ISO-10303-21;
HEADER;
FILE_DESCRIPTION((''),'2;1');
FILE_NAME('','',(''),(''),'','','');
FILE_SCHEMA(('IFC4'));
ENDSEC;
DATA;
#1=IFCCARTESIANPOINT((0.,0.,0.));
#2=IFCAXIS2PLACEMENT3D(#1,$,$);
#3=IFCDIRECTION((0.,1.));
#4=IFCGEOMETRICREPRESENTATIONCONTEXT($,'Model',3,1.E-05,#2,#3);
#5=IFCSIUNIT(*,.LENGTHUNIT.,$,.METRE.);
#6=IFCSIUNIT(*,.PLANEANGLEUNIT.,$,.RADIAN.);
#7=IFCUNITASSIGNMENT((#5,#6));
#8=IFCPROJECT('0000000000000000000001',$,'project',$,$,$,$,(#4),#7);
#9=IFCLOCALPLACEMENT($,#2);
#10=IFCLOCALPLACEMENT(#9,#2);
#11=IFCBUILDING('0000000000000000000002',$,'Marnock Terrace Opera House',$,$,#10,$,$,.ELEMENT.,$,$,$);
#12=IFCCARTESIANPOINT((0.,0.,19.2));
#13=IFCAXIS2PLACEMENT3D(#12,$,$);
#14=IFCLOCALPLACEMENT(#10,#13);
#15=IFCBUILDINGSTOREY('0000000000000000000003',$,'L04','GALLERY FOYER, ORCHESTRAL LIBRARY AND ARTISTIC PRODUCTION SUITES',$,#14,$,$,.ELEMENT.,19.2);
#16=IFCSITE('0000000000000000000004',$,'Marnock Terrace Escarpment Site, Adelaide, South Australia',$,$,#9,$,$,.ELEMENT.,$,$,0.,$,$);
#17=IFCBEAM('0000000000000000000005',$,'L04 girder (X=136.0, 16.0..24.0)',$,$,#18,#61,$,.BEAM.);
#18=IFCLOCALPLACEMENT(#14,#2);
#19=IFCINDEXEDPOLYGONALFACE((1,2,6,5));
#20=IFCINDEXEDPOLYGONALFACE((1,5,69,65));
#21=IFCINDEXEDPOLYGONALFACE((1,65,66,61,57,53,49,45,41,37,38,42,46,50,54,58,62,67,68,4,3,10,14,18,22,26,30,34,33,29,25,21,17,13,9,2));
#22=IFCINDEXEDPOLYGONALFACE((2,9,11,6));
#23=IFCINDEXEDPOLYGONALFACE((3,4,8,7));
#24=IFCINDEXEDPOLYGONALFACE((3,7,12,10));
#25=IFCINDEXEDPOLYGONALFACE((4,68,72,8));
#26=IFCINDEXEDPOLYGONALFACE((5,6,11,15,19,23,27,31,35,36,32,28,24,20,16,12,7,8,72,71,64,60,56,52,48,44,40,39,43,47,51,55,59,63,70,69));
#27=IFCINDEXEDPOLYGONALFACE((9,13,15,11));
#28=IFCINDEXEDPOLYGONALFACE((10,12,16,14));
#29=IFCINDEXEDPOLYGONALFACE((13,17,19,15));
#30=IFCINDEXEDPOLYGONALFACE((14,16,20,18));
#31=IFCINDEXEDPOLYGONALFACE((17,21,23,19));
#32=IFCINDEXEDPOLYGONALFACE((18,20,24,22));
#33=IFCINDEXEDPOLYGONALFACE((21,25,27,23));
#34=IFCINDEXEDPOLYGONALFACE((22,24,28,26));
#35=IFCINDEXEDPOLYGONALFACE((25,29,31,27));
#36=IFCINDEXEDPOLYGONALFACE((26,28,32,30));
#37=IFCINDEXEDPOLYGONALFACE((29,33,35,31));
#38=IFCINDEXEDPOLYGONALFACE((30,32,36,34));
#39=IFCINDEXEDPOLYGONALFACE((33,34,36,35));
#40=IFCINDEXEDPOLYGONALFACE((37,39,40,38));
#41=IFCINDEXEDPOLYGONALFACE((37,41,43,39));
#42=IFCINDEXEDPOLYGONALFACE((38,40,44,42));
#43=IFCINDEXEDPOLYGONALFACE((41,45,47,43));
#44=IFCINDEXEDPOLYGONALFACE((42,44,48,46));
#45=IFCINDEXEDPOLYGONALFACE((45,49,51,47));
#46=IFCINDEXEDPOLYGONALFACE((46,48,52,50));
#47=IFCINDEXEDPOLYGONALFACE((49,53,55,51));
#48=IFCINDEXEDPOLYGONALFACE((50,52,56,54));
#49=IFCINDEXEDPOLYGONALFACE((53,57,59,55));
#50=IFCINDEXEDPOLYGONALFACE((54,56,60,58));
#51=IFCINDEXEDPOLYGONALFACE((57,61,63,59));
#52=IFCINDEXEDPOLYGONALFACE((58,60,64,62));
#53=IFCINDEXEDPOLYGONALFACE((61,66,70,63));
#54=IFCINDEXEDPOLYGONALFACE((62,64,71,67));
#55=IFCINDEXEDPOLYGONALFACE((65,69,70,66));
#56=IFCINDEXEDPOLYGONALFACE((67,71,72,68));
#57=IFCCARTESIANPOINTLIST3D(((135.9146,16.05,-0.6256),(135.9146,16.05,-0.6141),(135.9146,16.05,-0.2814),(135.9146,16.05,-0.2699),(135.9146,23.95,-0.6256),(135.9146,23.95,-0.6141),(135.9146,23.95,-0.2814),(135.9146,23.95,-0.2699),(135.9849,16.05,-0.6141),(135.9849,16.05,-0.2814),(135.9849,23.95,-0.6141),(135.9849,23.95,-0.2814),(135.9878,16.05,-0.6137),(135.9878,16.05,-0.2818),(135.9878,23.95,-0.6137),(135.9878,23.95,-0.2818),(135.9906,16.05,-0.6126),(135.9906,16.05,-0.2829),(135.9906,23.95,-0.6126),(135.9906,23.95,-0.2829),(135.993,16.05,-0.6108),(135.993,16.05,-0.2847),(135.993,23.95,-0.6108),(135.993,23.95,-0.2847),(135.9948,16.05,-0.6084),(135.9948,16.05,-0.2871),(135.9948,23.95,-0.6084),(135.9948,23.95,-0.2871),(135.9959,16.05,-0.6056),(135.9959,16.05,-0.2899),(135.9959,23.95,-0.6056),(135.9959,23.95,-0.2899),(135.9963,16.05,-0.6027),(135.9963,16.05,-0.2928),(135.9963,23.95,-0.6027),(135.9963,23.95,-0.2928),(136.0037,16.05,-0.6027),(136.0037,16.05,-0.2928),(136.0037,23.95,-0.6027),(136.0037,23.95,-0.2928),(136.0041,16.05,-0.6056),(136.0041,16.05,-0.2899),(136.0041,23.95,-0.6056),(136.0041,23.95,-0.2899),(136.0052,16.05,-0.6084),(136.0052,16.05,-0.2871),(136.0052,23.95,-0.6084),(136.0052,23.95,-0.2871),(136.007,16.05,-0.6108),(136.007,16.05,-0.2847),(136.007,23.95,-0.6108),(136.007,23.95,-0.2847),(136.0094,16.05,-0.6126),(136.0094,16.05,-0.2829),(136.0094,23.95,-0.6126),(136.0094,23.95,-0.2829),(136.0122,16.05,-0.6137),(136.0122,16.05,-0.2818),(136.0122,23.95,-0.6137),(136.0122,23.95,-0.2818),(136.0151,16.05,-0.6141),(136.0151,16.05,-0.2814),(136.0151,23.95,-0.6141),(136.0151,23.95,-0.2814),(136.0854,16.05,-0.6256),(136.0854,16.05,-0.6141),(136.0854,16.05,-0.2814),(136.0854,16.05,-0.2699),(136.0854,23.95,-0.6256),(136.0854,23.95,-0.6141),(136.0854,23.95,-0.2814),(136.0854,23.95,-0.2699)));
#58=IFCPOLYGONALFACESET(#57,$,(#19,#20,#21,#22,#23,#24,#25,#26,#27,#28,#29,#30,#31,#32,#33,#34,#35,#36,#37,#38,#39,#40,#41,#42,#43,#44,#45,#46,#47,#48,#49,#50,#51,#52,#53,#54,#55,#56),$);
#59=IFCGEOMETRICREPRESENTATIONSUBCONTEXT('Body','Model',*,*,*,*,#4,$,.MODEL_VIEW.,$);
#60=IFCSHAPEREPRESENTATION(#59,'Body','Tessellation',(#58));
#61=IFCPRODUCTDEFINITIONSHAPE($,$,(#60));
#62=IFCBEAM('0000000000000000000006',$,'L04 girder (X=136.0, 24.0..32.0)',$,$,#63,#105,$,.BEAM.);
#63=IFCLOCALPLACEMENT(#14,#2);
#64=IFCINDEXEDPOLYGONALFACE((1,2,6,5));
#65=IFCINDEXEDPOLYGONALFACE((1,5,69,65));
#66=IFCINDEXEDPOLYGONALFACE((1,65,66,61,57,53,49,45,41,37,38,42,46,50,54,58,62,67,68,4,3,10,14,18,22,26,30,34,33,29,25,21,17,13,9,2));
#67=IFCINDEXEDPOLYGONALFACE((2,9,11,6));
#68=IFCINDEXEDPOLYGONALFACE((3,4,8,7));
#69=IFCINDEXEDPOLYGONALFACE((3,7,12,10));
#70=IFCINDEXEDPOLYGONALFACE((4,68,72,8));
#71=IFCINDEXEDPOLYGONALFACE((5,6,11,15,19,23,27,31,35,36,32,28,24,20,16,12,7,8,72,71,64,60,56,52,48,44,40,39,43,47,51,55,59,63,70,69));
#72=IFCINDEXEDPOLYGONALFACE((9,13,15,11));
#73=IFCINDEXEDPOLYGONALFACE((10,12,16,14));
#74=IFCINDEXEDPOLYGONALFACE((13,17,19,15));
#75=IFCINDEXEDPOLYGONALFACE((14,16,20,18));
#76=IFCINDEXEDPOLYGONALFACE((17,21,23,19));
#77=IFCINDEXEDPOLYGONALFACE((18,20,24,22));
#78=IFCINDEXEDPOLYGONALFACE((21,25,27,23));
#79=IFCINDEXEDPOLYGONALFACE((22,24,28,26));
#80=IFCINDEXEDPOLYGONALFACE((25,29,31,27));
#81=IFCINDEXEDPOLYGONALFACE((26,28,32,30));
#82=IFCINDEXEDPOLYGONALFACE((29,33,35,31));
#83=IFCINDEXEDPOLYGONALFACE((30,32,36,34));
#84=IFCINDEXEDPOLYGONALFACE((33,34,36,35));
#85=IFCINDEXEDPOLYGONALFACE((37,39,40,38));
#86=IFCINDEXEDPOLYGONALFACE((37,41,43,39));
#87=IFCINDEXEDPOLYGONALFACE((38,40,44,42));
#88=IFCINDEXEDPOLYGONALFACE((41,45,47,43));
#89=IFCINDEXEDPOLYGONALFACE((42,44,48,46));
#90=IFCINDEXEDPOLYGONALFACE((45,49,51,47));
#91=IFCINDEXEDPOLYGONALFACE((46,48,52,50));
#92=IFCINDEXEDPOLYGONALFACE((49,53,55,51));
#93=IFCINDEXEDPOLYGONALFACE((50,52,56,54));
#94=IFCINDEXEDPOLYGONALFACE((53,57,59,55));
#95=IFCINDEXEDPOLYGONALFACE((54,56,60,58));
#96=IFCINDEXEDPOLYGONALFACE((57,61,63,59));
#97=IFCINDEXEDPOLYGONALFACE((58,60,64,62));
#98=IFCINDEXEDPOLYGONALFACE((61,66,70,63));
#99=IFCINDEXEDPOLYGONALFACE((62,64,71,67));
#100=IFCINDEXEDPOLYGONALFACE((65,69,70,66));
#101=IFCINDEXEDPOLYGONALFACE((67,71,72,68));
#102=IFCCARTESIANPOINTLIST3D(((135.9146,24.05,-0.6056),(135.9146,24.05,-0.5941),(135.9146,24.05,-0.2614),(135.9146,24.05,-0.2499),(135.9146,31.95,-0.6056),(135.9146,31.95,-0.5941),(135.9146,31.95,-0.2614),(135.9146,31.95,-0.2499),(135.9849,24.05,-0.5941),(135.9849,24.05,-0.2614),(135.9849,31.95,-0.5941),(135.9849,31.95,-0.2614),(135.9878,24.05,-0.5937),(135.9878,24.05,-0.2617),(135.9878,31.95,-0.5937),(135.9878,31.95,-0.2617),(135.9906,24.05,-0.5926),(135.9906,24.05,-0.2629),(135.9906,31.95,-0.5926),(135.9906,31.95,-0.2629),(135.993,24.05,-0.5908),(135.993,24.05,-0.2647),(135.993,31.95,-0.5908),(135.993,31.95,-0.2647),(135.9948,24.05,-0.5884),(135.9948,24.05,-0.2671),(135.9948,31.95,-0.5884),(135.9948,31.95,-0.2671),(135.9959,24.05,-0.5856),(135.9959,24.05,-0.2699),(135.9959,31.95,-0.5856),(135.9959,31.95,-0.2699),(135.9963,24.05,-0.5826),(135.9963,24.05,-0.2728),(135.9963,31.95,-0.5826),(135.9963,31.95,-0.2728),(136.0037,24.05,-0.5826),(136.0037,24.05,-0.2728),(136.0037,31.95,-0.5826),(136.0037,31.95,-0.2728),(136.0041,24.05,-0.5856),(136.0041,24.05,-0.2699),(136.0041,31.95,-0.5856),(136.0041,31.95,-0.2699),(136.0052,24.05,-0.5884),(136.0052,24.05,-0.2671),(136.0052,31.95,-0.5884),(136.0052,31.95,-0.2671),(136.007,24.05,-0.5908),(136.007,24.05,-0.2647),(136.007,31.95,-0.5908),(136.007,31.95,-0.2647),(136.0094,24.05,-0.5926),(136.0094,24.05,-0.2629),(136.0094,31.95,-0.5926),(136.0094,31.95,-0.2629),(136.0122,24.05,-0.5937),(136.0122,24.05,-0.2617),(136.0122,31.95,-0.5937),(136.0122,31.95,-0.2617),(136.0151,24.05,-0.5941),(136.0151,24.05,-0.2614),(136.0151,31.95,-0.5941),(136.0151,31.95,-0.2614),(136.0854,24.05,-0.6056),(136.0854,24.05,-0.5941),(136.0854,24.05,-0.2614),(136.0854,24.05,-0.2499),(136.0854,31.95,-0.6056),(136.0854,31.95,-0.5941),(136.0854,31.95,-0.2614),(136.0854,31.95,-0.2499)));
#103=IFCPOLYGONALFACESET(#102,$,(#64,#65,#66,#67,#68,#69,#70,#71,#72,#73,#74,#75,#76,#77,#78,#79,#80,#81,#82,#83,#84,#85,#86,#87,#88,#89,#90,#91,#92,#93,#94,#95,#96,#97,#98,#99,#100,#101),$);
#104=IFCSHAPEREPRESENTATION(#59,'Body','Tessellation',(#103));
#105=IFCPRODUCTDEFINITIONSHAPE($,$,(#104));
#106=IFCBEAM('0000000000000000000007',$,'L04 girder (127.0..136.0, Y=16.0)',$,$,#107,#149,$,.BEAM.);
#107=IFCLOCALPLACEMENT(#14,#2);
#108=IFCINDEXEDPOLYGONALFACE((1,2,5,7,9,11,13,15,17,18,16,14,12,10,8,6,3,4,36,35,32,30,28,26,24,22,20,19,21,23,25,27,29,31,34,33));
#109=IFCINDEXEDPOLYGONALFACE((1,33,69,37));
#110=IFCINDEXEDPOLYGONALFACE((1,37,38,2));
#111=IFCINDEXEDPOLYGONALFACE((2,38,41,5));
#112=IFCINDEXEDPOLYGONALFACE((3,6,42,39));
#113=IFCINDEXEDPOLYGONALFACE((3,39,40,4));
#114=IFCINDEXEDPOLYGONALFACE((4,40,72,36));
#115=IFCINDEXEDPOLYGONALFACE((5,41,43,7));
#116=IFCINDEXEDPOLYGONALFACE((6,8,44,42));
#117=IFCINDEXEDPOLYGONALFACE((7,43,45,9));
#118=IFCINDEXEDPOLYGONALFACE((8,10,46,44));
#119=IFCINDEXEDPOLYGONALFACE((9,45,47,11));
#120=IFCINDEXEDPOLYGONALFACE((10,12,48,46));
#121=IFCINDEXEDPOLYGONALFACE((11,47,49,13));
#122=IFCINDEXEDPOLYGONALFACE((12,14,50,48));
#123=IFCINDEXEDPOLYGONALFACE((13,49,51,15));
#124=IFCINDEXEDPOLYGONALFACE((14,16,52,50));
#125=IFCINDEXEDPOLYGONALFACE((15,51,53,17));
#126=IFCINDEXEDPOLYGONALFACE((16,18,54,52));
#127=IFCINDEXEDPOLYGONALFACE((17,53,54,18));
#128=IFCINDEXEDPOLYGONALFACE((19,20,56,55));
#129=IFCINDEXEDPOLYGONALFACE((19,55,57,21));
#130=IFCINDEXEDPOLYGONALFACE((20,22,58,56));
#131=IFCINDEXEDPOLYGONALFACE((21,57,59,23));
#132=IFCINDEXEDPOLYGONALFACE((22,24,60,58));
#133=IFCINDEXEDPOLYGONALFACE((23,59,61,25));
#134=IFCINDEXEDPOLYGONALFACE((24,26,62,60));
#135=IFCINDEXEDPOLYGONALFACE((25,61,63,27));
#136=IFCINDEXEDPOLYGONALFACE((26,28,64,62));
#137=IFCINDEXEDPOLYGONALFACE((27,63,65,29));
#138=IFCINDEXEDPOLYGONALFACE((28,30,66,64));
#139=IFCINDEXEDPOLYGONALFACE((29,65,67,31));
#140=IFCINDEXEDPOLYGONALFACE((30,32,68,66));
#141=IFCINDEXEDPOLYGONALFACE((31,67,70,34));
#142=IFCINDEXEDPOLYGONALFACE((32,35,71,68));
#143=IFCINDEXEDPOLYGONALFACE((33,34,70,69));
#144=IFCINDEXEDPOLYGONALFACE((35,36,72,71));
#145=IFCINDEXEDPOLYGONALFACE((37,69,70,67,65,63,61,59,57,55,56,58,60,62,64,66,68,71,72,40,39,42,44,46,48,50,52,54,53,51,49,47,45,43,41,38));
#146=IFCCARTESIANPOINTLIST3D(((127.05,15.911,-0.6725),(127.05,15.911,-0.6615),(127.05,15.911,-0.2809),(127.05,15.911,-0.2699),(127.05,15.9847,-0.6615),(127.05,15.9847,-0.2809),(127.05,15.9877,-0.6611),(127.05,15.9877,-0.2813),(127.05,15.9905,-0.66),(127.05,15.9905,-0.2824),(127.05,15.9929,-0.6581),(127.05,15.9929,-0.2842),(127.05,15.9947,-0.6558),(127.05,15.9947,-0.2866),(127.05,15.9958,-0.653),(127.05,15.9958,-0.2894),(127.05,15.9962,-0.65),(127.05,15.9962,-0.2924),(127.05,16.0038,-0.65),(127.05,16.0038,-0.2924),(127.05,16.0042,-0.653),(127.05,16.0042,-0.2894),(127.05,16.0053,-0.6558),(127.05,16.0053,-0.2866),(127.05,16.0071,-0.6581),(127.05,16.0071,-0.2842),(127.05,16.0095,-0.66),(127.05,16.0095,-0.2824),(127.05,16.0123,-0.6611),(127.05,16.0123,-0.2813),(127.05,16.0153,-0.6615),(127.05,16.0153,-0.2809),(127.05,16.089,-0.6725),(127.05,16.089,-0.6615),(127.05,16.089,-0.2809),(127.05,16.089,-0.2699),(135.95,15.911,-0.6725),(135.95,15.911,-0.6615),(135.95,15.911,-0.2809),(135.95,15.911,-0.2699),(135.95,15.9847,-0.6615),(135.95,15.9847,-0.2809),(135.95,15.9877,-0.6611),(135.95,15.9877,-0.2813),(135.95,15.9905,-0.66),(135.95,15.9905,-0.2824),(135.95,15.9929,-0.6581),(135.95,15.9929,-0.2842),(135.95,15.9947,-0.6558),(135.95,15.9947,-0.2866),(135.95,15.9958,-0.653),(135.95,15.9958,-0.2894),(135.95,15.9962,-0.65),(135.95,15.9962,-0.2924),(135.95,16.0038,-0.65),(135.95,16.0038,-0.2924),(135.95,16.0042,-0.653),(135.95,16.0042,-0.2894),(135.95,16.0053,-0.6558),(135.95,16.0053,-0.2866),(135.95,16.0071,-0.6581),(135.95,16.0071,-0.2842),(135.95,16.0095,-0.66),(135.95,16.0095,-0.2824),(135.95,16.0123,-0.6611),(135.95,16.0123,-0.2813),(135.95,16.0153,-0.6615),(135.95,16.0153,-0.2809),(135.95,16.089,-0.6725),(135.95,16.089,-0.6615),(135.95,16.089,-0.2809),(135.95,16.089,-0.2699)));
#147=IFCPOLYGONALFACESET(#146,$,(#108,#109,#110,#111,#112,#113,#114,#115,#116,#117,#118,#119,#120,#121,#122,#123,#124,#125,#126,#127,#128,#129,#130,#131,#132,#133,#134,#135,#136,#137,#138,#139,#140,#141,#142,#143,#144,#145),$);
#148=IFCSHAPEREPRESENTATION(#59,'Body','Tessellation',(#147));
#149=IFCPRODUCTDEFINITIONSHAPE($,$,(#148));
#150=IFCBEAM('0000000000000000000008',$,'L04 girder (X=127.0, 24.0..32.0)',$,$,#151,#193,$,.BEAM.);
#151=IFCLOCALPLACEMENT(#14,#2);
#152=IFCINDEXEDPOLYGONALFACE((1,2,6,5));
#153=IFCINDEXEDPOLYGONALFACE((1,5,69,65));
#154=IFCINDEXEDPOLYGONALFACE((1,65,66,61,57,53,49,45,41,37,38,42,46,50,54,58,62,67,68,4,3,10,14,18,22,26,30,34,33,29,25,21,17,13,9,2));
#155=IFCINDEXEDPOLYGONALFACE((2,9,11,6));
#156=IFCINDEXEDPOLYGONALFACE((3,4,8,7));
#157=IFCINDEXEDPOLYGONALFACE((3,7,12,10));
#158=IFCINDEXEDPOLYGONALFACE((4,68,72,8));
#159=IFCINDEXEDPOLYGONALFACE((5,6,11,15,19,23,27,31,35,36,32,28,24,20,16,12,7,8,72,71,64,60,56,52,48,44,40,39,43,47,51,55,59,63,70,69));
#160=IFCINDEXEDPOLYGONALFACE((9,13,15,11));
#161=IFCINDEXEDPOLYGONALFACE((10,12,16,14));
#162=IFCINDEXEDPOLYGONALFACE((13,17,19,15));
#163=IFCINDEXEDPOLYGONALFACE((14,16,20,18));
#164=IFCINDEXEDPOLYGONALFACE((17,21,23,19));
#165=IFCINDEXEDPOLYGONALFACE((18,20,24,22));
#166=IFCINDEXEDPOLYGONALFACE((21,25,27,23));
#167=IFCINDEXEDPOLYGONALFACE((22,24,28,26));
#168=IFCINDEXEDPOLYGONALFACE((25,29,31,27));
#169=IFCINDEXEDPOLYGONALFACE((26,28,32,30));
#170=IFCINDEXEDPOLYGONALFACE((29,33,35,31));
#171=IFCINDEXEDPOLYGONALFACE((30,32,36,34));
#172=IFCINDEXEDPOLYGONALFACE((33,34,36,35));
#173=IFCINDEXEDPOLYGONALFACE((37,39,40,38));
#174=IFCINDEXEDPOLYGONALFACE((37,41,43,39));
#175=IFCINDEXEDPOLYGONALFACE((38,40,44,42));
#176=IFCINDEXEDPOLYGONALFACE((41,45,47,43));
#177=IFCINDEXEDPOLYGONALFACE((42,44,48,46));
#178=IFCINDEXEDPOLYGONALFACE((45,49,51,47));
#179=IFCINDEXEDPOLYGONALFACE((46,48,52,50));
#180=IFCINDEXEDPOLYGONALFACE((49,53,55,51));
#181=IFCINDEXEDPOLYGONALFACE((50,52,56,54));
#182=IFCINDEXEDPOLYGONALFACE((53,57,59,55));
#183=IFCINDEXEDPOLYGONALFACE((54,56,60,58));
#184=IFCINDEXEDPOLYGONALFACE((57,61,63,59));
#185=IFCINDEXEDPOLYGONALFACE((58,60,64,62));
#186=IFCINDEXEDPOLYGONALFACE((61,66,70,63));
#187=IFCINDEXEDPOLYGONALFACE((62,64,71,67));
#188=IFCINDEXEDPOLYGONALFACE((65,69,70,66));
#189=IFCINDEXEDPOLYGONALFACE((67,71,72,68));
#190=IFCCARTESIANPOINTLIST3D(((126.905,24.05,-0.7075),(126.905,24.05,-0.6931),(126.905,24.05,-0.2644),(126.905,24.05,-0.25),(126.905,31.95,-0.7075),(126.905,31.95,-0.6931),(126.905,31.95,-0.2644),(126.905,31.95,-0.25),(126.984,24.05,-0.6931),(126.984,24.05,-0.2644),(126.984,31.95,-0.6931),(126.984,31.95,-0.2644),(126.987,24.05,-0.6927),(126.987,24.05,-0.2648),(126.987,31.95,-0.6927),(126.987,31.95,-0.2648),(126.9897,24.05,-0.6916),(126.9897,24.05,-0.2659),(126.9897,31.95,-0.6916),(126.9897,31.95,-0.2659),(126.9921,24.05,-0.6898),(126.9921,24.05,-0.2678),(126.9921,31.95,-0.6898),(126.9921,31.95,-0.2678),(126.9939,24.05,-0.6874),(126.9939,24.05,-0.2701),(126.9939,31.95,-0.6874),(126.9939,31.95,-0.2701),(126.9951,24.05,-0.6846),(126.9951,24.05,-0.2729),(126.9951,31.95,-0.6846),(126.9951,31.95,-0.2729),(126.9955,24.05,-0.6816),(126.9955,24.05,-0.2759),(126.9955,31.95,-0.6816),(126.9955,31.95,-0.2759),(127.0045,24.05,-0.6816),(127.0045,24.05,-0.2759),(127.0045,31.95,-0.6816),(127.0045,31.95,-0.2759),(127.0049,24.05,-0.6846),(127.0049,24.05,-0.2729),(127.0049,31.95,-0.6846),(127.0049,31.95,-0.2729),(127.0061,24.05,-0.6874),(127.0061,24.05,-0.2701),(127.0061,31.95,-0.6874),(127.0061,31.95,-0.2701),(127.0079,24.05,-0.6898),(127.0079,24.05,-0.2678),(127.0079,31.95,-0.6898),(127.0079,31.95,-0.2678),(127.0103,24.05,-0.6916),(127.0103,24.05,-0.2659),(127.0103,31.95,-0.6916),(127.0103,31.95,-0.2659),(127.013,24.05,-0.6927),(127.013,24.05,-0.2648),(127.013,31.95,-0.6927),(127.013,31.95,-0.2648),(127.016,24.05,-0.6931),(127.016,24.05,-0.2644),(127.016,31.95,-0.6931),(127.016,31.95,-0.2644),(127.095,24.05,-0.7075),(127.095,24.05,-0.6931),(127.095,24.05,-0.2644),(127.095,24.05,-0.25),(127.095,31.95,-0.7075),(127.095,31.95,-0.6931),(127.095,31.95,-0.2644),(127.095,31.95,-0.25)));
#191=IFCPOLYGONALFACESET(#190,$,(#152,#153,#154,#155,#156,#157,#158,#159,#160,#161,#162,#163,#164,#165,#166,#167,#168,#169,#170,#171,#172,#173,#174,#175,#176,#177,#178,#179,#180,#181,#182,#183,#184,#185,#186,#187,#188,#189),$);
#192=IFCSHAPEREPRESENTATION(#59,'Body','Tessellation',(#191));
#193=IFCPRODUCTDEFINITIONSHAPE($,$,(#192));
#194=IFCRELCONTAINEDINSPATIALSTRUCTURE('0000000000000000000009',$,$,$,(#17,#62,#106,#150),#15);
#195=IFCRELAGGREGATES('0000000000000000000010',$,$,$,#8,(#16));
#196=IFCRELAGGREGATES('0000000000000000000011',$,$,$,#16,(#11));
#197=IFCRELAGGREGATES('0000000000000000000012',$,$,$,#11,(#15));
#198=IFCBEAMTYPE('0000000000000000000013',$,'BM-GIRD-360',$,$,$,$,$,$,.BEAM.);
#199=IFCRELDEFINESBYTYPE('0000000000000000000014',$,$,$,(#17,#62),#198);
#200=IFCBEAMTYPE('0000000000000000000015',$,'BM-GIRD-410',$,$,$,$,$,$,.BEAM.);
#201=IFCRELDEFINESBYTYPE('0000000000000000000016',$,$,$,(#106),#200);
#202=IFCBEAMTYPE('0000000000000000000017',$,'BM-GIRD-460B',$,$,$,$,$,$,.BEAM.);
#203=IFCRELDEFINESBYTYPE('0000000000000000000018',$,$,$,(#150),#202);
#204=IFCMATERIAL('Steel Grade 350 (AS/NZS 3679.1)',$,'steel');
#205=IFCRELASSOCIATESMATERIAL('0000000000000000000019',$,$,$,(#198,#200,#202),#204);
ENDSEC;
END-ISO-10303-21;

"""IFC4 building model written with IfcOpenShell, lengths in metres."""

from ifc_helpers import new_model, si_unit, direction, frame, origin, origin_2d, place, context, subcontext, project, spatial, i_section, extrude, material, material_profile, profile_set, type_object, element, save


model = new_model("IFC4")

# Units and contexts
model_context = context("Model", 3, precision=1e-05, world=origin(), true_north=direction((0.0, 1.0)))
body_context = subcontext(model_context, "Body", "Model", "MODEL_VIEW")
ifc_project = project(units=[si_unit("LENGTHUNIT", "METRE"), si_unit("PLANEANGLEUNIT", "RADIAN")], contexts=[model_context])

# Site, building, storey
site_placement = place(None, origin())
site = spatial("IfcSite", under=ifc_project, at=site_placement, Name="Marnock Terrace Escarpment Site, Adelaide, South Australia", CompositionType="ELEMENT", RefElevation=0.0)
building_placement = place(site_placement, origin())
building = spatial("IfcBuilding", under=site, at=building_placement, Name="Marnock Terrace Opera House", CompositionType="ELEMENT")
storey_placement = place(building_placement, frame((0.0, 0.0, 19.2)))
storey = spatial("IfcBuildingStorey", under=building, at=storey_placement, Name="L04", Description="GALLERY FOYER, ORCHESTRAL LIBRARY AND ARTISTIC PRODUCTION SUITES", CompositionType="ELEMENT", Elevation=19.2)

# Shared definitions
ifc_material_1 = material(Name="Steel Grade 350 (AS/NZS 3679.1)", Category="steel")

# Beams
ifc_material_profile_1 = material_profile(ifc_material_1, i_section(OverallWidth=0.1709, OverallDepth=0.3557, WebThickness=0.0073, FlangeThickness=0.0115, FilletRadius=0.0115, at=origin_2d()))
ifc_profile_set_1 = profile_set([ifc_material_profile_1], Name="Steel Grade 350 (AS/NZS 3679.1)")
beam_type_1 = type_object("IfcBeamType", Name="BM-GIRD-360", PredefinedType="BEAM", material=ifc_profile_set_1)
for number, where, z_axis, x_axis, name in (
    (1, (136.0, 16.05, -0.4478), (0.0, 1.0, 0.0), (-1.0, 0.0, 0.0), "L04 girder (X=136.0, 16.0..24.0)"),
    (2, (136.0, 24.05, -0.4277), (0.0, 1.0, 0.0), (-1.0, 0.0, 0.0), "L04 girder (X=136.0, 24.0..32.0)"),
):
    element("IfcBeam", number, at=place(storey_placement, frame(where, z_axis=z_axis, x_axis=x_axis)), inside=storey, type_object=beam_type_1, Name=name, PredefinedType="BEAM", context=body_context, shape_type="SweptSolid", body=[
        extrude(i_section(OverallWidth=0.1709, OverallDepth=0.3557, WebThickness=0.0073, FlangeThickness=0.0115, FilletRadius=0.0115, at=origin_2d()), origin(), (0.0, 0.0, 1.0), 7.8999),
    ])
ifc_material_profile_2 = material_profile(ifc_material_1, i_section(OverallWidth=0.178, OverallDepth=0.4026, WebThickness=0.0076, FlangeThickness=0.011, FilletRadius=0.0115, at=origin_2d()))
ifc_profile_set_2 = profile_set([ifc_material_profile_2], Name="Steel Grade 350 (AS/NZS 3679.1)")
beam_type_2 = type_object("IfcBeamType", Name="BM-GIRD-410", PredefinedType="BEAM", material=ifc_profile_set_2)
beam_1_placement = place(storey_placement, frame((127.05, 16.0, -0.4712), z_axis=(1.0, 0.0, 0.0), x_axis=(0.0, 1.0, 0.0)))
element("IfcBeam", 3, at=beam_1_placement, inside=storey, type_object=beam_type_2, Name="L04 girder (127.0..136.0, Y=16.0)", PredefinedType="BEAM", context=body_context, shape_type="SweptSolid", body=[
    extrude(i_section(OverallWidth=0.178, OverallDepth=0.4026, WebThickness=0.0076, FlangeThickness=0.011, FilletRadius=0.0115, at=origin_2d()), origin(), (0.0, 0.0, 1.0), 8.8999),
])
ifc_material_profile_3 = material_profile(ifc_material_1, i_section(OverallWidth=0.1899, OverallDepth=0.4575, WebThickness=0.009, FlangeThickness=0.0144, FilletRadius=0.0115, at=origin_2d()))
ifc_profile_set_3 = profile_set([ifc_material_profile_3], Name="Steel Grade 350 (AS/NZS 3679.1)")
beam_type_3 = type_object("IfcBeamType", Name="BM-GIRD-460B", PredefinedType="BEAM", material=ifc_profile_set_3)
beam_2_placement = place(storey_placement, frame((127.0, 24.05, -0.4788), z_axis=(0.0, 1.0, 0.0), x_axis=(-1.0, 0.0, 0.0)))
element("IfcBeam", 4, at=beam_2_placement, inside=storey, type_object=beam_type_3, Name="L04 girder (X=127.0, 24.0..32.0)", PredefinedType="BEAM", context=body_context, shape_type="SweptSolid", body=[
    extrude(i_section(OverallWidth=0.1899, OverallDepth=0.4575, WebThickness=0.009, FlangeThickness=0.0144, FilletRadius=0.0115, at=origin_2d()), origin(), (0.0, 0.0, 1.0), 7.8999),
])

save(model, "model.ifc")
